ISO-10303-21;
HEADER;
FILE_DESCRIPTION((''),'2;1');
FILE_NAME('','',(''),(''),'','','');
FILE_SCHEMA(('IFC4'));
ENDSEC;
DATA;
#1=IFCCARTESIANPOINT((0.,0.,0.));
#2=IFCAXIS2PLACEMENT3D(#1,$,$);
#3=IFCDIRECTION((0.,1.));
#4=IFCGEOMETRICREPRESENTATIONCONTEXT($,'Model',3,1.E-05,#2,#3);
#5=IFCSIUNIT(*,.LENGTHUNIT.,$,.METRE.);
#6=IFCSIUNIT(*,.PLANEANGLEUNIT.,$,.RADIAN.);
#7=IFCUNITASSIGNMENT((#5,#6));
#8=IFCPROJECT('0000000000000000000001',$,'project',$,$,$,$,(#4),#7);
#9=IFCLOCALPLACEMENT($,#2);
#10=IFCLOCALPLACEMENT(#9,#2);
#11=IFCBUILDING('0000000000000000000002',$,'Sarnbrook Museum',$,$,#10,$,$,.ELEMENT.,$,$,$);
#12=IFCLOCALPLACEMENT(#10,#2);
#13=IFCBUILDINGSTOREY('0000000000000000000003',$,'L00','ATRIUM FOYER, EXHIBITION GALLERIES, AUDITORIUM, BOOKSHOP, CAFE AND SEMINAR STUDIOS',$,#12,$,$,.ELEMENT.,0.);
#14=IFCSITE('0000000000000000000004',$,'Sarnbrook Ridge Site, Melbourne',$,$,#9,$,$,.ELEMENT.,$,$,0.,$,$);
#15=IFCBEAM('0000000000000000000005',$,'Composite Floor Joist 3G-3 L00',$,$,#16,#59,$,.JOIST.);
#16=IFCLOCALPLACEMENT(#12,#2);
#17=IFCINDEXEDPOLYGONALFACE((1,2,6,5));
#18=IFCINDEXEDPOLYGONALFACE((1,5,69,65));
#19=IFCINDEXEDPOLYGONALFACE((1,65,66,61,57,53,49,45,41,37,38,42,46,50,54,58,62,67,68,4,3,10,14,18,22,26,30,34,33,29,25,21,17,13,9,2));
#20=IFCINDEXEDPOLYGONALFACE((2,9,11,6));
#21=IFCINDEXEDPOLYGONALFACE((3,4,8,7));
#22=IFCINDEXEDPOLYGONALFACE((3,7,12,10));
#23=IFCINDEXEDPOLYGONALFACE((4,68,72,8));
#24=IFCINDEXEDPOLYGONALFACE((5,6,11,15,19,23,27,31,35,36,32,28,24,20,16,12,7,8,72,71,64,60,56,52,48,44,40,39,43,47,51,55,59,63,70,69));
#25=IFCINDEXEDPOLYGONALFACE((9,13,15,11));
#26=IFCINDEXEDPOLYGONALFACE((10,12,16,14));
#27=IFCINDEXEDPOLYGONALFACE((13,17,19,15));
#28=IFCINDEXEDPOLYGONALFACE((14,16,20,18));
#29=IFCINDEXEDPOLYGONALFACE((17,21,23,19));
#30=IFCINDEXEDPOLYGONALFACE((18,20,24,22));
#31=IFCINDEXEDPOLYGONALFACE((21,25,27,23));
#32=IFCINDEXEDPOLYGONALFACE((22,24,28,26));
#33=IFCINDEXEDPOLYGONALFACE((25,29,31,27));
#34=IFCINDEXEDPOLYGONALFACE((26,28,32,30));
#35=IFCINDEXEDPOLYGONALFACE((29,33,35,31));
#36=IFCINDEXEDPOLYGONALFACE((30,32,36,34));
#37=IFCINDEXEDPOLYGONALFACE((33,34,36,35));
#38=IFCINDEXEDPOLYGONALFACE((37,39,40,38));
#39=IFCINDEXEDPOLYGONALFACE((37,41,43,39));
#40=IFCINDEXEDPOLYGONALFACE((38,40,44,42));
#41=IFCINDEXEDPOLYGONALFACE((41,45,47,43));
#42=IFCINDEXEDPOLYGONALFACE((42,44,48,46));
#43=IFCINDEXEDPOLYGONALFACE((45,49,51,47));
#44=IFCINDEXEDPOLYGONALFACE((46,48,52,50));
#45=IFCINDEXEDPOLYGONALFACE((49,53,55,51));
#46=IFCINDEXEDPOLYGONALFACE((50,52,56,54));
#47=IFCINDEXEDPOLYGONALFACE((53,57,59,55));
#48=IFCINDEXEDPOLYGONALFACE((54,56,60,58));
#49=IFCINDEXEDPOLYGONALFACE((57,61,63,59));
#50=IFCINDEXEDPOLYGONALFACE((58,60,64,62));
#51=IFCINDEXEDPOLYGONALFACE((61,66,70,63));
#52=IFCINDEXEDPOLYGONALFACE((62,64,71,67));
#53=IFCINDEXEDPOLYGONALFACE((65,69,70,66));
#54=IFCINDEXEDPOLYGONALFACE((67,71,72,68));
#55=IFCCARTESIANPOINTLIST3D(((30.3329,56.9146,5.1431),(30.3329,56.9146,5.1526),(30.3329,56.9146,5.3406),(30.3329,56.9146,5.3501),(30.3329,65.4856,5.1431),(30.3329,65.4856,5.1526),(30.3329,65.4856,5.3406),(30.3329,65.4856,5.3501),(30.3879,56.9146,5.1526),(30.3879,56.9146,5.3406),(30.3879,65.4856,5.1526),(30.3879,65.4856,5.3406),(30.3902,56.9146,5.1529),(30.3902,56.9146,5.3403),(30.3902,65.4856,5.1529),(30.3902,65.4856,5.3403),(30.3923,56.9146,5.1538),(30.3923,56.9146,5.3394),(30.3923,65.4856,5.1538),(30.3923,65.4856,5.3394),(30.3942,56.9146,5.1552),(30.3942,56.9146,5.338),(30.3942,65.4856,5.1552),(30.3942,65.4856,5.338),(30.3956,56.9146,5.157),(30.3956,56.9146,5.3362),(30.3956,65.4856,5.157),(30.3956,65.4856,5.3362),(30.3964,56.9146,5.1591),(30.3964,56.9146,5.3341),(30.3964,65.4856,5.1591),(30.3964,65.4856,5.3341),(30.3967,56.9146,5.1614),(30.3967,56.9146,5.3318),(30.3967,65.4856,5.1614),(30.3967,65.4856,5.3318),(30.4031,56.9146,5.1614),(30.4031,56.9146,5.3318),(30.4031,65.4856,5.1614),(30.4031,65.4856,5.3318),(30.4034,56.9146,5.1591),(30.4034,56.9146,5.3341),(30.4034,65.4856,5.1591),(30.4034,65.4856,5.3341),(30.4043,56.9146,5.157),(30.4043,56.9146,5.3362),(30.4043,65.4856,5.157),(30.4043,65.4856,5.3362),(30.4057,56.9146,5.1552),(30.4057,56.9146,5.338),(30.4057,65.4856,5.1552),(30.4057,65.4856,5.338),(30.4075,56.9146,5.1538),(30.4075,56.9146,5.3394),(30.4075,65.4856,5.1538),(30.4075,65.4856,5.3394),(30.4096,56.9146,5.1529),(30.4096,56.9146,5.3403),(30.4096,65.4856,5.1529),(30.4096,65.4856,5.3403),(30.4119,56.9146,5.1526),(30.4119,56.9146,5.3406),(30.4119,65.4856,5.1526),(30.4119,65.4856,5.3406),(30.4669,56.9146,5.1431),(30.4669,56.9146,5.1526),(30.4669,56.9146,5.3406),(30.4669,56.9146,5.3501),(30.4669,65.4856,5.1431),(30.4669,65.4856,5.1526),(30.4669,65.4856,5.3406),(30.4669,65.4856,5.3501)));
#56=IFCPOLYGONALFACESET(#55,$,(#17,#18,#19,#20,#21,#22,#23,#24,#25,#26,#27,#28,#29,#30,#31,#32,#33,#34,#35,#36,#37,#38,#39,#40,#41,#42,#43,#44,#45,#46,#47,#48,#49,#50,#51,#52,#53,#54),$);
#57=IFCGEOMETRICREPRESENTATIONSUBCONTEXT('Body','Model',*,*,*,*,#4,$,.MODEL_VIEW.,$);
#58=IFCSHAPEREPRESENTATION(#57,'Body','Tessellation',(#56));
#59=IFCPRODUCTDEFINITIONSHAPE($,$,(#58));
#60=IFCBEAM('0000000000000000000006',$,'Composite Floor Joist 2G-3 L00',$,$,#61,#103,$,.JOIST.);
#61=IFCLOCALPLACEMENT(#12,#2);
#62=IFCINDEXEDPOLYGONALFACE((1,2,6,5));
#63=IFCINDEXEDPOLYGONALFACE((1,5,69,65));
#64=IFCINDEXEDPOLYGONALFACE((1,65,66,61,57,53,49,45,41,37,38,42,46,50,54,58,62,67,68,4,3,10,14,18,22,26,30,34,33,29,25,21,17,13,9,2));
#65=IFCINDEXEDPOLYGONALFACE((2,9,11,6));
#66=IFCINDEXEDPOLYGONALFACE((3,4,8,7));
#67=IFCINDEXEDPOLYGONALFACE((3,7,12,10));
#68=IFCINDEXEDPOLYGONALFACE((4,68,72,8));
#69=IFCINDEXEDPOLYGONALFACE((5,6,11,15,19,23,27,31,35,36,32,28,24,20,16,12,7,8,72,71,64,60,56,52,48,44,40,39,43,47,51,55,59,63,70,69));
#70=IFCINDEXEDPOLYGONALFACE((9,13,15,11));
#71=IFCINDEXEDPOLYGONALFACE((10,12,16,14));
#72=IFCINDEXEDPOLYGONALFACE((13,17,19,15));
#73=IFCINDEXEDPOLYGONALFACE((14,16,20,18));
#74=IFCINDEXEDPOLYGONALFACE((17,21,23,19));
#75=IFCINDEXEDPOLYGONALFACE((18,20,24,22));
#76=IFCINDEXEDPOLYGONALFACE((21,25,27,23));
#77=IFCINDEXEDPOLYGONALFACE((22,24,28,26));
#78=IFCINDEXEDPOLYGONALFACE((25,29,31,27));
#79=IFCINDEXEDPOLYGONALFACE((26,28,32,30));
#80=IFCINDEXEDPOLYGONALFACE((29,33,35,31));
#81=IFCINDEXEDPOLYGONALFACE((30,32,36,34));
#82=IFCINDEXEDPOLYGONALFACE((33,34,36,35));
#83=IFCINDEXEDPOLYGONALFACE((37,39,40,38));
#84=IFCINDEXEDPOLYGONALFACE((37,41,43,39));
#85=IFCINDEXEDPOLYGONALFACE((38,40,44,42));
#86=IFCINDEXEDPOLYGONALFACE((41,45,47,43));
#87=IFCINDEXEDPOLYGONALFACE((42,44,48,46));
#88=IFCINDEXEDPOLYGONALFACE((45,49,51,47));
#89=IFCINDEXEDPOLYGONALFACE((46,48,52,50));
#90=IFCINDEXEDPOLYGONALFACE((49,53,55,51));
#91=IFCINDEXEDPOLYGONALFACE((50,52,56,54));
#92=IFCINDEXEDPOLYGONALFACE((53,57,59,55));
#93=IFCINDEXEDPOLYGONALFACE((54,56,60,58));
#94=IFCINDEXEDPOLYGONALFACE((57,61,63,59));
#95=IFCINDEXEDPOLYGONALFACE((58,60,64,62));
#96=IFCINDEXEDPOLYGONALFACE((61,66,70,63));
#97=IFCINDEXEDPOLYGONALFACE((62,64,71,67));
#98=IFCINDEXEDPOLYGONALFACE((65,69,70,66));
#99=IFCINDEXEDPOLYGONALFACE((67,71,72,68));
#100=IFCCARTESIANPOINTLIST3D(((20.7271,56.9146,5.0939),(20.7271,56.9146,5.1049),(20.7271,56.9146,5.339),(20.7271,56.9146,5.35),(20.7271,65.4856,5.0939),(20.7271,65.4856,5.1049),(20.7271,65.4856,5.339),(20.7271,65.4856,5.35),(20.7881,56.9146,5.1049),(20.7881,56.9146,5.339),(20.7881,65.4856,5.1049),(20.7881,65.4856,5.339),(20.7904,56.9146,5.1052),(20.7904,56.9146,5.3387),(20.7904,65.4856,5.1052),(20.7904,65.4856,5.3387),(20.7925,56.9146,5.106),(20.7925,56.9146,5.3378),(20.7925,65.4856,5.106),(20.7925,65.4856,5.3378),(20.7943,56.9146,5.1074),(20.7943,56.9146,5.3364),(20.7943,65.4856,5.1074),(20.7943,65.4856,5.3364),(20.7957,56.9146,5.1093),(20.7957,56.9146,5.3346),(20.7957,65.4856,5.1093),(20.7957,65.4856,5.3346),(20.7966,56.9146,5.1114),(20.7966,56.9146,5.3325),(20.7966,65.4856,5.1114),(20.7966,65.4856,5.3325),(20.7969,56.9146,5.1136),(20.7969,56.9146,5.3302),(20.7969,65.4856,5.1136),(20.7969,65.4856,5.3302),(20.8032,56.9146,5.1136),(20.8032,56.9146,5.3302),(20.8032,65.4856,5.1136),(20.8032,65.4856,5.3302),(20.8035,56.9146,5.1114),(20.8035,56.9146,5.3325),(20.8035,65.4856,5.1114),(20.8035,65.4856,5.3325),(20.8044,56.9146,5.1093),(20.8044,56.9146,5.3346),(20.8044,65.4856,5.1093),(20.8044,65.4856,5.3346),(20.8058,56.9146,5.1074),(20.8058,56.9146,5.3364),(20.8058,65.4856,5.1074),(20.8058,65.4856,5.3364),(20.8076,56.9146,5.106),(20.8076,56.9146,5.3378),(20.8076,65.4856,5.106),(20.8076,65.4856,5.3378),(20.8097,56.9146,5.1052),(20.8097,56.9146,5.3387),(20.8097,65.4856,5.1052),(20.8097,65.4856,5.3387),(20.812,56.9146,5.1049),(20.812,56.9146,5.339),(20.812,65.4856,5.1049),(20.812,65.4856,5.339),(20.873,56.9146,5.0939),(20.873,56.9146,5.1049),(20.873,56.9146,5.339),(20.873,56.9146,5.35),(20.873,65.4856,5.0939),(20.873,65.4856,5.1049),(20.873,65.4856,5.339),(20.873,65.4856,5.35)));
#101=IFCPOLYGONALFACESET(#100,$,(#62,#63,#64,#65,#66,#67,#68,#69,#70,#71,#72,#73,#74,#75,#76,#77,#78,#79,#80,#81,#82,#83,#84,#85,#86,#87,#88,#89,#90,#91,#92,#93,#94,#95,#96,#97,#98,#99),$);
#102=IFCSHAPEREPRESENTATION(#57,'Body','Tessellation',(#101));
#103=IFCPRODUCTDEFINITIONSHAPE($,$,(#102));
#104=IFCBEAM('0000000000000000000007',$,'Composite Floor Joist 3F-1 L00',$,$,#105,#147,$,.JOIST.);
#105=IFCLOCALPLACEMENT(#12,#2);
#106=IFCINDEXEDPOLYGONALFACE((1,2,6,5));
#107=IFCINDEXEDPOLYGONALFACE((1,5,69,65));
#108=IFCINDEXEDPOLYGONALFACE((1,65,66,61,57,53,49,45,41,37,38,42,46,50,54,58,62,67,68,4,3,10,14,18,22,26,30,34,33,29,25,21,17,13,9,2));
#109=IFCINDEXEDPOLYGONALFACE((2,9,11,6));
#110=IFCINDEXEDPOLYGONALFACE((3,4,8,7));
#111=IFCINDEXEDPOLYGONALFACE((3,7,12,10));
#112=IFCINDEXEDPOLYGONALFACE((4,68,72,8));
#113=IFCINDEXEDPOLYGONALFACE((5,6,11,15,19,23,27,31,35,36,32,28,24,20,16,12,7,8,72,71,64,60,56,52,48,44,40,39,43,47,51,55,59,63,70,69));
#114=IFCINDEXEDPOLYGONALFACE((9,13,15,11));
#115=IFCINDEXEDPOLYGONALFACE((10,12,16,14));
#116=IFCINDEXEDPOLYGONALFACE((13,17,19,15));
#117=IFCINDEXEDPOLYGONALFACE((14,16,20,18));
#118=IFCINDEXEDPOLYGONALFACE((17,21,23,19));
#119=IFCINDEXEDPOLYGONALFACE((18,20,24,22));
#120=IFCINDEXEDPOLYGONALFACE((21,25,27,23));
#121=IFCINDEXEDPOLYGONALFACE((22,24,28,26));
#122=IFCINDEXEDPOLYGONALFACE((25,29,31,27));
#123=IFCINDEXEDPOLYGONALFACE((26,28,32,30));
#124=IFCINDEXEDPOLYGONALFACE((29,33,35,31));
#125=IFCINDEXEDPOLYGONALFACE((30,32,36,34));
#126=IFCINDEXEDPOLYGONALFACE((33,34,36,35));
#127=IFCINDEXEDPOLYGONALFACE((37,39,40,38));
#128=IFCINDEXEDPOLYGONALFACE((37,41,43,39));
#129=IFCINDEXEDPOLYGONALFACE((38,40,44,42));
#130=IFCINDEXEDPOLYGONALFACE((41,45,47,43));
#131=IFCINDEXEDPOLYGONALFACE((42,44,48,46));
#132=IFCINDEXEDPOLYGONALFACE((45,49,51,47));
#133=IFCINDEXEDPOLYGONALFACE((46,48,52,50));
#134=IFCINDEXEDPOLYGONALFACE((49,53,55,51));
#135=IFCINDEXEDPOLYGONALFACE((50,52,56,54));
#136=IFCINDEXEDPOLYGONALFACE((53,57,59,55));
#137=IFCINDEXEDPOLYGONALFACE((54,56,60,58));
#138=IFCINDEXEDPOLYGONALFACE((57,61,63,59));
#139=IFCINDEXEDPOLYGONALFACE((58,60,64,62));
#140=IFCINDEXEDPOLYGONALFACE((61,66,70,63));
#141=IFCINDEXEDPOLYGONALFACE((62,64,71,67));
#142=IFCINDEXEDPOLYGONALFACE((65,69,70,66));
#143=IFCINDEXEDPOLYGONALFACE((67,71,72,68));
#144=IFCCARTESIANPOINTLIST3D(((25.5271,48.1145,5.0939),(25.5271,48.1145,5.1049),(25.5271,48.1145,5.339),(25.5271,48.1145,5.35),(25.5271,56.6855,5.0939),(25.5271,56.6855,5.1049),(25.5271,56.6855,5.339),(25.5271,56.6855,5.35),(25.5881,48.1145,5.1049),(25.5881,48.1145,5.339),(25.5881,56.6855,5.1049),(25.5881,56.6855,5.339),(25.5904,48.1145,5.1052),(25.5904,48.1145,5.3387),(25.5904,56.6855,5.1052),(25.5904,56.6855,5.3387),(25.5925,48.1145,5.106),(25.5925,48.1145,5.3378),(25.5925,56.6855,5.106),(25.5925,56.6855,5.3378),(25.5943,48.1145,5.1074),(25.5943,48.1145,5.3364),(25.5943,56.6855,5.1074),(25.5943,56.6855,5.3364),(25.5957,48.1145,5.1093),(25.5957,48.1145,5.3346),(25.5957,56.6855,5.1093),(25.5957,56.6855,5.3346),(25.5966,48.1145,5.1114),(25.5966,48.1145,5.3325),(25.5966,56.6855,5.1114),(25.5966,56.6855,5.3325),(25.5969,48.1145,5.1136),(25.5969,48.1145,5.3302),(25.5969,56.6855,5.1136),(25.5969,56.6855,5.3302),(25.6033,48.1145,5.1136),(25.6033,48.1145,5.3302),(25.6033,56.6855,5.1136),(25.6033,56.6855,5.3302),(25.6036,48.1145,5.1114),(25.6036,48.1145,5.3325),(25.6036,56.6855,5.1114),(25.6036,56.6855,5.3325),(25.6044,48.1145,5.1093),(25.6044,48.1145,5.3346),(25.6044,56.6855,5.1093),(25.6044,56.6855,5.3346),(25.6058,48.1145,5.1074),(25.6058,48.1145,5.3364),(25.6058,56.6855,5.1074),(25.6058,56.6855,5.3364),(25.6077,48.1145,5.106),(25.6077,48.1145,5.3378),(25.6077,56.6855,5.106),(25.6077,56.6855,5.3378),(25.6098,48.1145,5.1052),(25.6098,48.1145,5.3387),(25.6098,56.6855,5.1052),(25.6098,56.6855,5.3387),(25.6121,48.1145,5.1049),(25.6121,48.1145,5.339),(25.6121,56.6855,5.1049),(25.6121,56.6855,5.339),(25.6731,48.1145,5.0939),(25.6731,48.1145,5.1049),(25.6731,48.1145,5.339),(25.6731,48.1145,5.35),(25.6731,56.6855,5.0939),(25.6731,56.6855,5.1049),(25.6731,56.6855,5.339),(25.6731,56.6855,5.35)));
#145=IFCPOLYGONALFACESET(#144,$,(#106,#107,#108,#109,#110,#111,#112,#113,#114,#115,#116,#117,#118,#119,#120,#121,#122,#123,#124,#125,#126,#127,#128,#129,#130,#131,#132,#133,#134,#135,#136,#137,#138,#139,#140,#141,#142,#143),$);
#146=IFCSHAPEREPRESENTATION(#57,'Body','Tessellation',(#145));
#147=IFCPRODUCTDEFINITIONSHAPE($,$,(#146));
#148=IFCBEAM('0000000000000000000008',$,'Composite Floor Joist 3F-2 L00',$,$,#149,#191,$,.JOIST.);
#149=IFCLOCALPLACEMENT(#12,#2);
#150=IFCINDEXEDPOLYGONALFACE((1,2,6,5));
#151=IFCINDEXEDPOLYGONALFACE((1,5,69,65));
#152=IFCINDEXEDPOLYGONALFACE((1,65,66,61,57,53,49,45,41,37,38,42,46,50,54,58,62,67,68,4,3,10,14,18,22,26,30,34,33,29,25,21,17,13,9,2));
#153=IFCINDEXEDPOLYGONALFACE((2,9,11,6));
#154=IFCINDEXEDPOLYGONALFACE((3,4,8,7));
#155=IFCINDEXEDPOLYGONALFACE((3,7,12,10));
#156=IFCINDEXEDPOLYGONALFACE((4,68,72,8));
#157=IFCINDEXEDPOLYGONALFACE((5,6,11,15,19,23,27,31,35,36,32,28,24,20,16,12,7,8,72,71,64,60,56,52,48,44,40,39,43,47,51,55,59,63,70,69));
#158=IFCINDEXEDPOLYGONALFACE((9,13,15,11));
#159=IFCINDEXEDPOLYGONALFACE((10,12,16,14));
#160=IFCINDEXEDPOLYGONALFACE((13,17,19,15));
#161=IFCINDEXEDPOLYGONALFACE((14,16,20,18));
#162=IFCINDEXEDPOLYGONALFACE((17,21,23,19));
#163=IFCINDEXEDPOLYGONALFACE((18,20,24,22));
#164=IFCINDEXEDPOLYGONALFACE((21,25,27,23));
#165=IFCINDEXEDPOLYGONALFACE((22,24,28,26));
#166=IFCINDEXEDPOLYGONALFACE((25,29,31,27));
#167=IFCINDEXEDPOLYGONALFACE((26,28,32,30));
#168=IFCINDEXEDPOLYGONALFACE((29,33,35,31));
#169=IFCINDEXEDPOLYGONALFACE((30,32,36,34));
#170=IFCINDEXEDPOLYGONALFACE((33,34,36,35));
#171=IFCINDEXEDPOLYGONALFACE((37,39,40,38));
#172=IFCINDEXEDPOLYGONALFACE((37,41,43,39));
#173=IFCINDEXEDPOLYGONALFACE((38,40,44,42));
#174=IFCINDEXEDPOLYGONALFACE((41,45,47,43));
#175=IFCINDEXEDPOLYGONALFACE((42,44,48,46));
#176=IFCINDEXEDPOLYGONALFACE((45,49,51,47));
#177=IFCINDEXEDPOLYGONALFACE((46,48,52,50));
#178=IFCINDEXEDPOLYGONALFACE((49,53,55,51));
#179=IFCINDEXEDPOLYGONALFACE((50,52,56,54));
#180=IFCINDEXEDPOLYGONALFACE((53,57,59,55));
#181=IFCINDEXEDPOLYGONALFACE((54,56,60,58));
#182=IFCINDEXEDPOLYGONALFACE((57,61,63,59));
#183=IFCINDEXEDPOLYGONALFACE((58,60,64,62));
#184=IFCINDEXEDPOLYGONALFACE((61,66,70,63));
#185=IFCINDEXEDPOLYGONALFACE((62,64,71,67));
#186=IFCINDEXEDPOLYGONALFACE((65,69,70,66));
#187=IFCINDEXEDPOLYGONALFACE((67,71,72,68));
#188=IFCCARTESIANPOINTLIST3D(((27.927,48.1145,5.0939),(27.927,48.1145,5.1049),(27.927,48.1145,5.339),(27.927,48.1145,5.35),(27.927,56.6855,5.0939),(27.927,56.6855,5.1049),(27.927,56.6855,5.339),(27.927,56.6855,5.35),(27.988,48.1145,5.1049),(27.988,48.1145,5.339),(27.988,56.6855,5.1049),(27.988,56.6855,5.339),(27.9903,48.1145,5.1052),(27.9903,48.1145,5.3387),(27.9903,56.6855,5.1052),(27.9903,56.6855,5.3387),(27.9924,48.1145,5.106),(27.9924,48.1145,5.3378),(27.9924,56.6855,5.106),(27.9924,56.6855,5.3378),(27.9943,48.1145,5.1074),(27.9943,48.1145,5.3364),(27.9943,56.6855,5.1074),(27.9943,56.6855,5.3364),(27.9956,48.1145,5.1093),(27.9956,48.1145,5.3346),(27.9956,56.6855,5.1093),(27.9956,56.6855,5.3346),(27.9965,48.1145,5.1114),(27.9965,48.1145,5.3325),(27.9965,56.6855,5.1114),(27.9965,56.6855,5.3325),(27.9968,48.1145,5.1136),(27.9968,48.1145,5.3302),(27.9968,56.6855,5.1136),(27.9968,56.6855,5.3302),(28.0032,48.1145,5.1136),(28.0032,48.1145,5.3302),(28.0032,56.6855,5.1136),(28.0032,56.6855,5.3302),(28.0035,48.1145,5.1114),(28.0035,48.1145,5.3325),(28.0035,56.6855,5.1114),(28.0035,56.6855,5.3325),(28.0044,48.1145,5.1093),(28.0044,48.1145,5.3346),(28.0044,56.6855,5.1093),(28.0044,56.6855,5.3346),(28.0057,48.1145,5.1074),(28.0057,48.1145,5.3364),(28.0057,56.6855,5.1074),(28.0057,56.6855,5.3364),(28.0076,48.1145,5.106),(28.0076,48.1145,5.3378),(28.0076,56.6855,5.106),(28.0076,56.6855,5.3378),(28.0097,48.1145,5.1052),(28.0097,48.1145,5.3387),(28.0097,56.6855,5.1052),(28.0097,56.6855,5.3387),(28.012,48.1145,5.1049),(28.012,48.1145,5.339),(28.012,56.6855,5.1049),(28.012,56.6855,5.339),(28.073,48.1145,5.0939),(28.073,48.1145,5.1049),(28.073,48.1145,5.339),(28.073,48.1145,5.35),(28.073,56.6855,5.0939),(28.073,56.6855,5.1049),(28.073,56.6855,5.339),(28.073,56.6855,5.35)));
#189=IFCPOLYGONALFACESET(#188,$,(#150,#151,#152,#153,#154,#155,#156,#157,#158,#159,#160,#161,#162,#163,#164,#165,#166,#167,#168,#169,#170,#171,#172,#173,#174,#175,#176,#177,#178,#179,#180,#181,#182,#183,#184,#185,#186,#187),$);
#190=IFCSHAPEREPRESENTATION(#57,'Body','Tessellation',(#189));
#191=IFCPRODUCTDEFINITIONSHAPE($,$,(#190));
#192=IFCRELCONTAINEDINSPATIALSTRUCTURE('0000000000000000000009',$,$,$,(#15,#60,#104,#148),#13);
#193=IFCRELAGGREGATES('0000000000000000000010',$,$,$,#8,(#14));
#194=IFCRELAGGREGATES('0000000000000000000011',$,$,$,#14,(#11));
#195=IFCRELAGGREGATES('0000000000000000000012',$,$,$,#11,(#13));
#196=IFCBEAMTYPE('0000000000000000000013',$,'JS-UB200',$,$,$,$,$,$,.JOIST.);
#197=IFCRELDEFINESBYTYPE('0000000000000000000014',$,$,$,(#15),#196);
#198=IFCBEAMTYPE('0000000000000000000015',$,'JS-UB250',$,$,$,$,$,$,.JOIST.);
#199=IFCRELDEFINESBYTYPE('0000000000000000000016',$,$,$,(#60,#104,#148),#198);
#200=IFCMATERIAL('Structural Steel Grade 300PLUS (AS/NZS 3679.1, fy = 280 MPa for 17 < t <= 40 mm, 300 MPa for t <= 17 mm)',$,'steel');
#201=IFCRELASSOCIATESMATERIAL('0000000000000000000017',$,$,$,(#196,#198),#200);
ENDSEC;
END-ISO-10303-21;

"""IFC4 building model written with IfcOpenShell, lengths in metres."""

from ifc_helpers import new_model, si_unit, direction, frame, origin, origin_2d, place, context, subcontext, project, spatial, i_section, extrude, material, material_profile, profile_set, type_object, element, save


model = new_model("IFC4")

# Units and contexts
model_context = context("Model", 3, precision=1e-05, world=origin(), true_north=direction((0.0, 1.0)))
body_context = subcontext(model_context, "Body", "Model", "MODEL_VIEW")
ifc_project = project(units=[si_unit("LENGTHUNIT", "METRE"), si_unit("PLANEANGLEUNIT", "RADIAN")], contexts=[model_context])

# Site, building, storey
site_placement = place(None, origin())
site = spatial("IfcSite", under=ifc_project, at=site_placement, Name="Sarnbrook Ridge Site, Melbourne", CompositionType="ELEMENT", RefElevation=0.0)
building_placement = place(site_placement, origin())
building = spatial("IfcBuilding", under=site, at=building_placement, Name="Sarnbrook Museum", CompositionType="ELEMENT")
storey_placement = place(building_placement, origin())
storey = spatial("IfcBuildingStorey", under=building, at=storey_placement, Name="L00", Description="ATRIUM FOYER, EXHIBITION GALLERIES, AUDITORIUM, BOOKSHOP, CAFE AND SEMINAR STUDIOS", CompositionType="ELEMENT", Elevation=0.0)

# Shared definitions
ifc_material_1 = material(Name="Structural Steel Grade 300PLUS (AS/NZS 3679.1, fy = 280 MPa for 17 < t <= 40 mm, 300 MPa for t <= 17 mm)", Category="steel")

# Beams
ifc_material_profile_1 = material_profile(ifc_material_1, i_section(OverallWidth=0.134, OverallDepth=0.207, WebThickness=0.0063, FlangeThickness=0.0095, FilletRadius=0.0088, at=origin_2d()), Name="200UB29.8")
ifc_profile_set_1 = profile_set([ifc_material_profile_1], Name="Structural Steel Grade 300PLUS (AS/NZS 3679.1, fy = 280 MPa for 17 < t <= 40 mm, 300 MPa for t <= 17 mm)")
beam_type_1 = type_object("IfcBeamType", Name="JS-UB200", PredefinedType="JOIST", material=ifc_profile_set_1)
for number, where, z_axis, x_axis, name in (
    (1, (30.3999, 56.9146, 5.2466), (0.0, 1.0, 0.0), (-1.0, 0.0, 0.0), "Composite Floor Joist 3G-3 L00"),
):
    element("IfcBeam", number, at=place(storey_placement, frame(where, z_axis=z_axis, x_axis=x_axis)), inside=storey, type_object=beam_type_1, Name=name, PredefinedType="JOIST", context=body_context, shape_type="SweptSolid", body=[
        extrude(i_section(OverallWidth=0.134, OverallDepth=0.207, WebThickness=0.0063, FlangeThickness=0.0095, FilletRadius=0.0088, at=origin_2d()), origin(), (0.0, 0.0, 1.0), 8.571),
    ])
ifc_material_profile_2 = material_profile(ifc_material_1, i_section(OverallWidth=0.146, OverallDepth=0.2561, WebThickness=0.0063, FlangeThickness=0.011, FilletRadius=0.0088, at=origin_2d()), Name="250UB37.3")
ifc_profile_set_2 = profile_set([ifc_material_profile_2], Name="Structural Steel Grade 300PLUS (AS/NZS 3679.1, fy = 280 MPa for 17 < t <= 40 mm, 300 MPa for t <= 17 mm)")
beam_type_2 = type_object("IfcBeamType", Name="JS-UB250", PredefinedType="JOIST", material=ifc_profile_set_2)
for number, where, z_axis, x_axis, name in (
    (2, (20.8, 56.9146, 5.2219), (0.0, 1.0, 0.0), (-1.0, 0.0, 0.0), "Composite Floor Joist 2G-3 L00"),
    (3, (25.6001, 48.1145, 5.2219), (0.0, 1.0, 0.0), (-1.0, 0.0, 0.0), "Composite Floor Joist 3F-1 L00"),
    (4, (28.0, 48.1145, 5.2219), (0.0, 1.0, 0.0), (-1.0, 0.0, 0.0), "Composite Floor Joist 3F-2 L00"),
):
    element("IfcBeam", number, at=place(storey_placement, frame(where, z_axis=z_axis, x_axis=x_axis)), inside=storey, type_object=beam_type_2, Name=name, PredefinedType="JOIST", context=body_context, shape_type="SweptSolid", body=[
        extrude(i_section(OverallWidth=0.146, OverallDepth=0.2561, WebThickness=0.0063, FlangeThickness=0.011, FilletRadius=0.0088, at=origin_2d()), origin(), (0.0, 0.0, 1.0), 8.571),
    ])

save(model, "model.ifc")
